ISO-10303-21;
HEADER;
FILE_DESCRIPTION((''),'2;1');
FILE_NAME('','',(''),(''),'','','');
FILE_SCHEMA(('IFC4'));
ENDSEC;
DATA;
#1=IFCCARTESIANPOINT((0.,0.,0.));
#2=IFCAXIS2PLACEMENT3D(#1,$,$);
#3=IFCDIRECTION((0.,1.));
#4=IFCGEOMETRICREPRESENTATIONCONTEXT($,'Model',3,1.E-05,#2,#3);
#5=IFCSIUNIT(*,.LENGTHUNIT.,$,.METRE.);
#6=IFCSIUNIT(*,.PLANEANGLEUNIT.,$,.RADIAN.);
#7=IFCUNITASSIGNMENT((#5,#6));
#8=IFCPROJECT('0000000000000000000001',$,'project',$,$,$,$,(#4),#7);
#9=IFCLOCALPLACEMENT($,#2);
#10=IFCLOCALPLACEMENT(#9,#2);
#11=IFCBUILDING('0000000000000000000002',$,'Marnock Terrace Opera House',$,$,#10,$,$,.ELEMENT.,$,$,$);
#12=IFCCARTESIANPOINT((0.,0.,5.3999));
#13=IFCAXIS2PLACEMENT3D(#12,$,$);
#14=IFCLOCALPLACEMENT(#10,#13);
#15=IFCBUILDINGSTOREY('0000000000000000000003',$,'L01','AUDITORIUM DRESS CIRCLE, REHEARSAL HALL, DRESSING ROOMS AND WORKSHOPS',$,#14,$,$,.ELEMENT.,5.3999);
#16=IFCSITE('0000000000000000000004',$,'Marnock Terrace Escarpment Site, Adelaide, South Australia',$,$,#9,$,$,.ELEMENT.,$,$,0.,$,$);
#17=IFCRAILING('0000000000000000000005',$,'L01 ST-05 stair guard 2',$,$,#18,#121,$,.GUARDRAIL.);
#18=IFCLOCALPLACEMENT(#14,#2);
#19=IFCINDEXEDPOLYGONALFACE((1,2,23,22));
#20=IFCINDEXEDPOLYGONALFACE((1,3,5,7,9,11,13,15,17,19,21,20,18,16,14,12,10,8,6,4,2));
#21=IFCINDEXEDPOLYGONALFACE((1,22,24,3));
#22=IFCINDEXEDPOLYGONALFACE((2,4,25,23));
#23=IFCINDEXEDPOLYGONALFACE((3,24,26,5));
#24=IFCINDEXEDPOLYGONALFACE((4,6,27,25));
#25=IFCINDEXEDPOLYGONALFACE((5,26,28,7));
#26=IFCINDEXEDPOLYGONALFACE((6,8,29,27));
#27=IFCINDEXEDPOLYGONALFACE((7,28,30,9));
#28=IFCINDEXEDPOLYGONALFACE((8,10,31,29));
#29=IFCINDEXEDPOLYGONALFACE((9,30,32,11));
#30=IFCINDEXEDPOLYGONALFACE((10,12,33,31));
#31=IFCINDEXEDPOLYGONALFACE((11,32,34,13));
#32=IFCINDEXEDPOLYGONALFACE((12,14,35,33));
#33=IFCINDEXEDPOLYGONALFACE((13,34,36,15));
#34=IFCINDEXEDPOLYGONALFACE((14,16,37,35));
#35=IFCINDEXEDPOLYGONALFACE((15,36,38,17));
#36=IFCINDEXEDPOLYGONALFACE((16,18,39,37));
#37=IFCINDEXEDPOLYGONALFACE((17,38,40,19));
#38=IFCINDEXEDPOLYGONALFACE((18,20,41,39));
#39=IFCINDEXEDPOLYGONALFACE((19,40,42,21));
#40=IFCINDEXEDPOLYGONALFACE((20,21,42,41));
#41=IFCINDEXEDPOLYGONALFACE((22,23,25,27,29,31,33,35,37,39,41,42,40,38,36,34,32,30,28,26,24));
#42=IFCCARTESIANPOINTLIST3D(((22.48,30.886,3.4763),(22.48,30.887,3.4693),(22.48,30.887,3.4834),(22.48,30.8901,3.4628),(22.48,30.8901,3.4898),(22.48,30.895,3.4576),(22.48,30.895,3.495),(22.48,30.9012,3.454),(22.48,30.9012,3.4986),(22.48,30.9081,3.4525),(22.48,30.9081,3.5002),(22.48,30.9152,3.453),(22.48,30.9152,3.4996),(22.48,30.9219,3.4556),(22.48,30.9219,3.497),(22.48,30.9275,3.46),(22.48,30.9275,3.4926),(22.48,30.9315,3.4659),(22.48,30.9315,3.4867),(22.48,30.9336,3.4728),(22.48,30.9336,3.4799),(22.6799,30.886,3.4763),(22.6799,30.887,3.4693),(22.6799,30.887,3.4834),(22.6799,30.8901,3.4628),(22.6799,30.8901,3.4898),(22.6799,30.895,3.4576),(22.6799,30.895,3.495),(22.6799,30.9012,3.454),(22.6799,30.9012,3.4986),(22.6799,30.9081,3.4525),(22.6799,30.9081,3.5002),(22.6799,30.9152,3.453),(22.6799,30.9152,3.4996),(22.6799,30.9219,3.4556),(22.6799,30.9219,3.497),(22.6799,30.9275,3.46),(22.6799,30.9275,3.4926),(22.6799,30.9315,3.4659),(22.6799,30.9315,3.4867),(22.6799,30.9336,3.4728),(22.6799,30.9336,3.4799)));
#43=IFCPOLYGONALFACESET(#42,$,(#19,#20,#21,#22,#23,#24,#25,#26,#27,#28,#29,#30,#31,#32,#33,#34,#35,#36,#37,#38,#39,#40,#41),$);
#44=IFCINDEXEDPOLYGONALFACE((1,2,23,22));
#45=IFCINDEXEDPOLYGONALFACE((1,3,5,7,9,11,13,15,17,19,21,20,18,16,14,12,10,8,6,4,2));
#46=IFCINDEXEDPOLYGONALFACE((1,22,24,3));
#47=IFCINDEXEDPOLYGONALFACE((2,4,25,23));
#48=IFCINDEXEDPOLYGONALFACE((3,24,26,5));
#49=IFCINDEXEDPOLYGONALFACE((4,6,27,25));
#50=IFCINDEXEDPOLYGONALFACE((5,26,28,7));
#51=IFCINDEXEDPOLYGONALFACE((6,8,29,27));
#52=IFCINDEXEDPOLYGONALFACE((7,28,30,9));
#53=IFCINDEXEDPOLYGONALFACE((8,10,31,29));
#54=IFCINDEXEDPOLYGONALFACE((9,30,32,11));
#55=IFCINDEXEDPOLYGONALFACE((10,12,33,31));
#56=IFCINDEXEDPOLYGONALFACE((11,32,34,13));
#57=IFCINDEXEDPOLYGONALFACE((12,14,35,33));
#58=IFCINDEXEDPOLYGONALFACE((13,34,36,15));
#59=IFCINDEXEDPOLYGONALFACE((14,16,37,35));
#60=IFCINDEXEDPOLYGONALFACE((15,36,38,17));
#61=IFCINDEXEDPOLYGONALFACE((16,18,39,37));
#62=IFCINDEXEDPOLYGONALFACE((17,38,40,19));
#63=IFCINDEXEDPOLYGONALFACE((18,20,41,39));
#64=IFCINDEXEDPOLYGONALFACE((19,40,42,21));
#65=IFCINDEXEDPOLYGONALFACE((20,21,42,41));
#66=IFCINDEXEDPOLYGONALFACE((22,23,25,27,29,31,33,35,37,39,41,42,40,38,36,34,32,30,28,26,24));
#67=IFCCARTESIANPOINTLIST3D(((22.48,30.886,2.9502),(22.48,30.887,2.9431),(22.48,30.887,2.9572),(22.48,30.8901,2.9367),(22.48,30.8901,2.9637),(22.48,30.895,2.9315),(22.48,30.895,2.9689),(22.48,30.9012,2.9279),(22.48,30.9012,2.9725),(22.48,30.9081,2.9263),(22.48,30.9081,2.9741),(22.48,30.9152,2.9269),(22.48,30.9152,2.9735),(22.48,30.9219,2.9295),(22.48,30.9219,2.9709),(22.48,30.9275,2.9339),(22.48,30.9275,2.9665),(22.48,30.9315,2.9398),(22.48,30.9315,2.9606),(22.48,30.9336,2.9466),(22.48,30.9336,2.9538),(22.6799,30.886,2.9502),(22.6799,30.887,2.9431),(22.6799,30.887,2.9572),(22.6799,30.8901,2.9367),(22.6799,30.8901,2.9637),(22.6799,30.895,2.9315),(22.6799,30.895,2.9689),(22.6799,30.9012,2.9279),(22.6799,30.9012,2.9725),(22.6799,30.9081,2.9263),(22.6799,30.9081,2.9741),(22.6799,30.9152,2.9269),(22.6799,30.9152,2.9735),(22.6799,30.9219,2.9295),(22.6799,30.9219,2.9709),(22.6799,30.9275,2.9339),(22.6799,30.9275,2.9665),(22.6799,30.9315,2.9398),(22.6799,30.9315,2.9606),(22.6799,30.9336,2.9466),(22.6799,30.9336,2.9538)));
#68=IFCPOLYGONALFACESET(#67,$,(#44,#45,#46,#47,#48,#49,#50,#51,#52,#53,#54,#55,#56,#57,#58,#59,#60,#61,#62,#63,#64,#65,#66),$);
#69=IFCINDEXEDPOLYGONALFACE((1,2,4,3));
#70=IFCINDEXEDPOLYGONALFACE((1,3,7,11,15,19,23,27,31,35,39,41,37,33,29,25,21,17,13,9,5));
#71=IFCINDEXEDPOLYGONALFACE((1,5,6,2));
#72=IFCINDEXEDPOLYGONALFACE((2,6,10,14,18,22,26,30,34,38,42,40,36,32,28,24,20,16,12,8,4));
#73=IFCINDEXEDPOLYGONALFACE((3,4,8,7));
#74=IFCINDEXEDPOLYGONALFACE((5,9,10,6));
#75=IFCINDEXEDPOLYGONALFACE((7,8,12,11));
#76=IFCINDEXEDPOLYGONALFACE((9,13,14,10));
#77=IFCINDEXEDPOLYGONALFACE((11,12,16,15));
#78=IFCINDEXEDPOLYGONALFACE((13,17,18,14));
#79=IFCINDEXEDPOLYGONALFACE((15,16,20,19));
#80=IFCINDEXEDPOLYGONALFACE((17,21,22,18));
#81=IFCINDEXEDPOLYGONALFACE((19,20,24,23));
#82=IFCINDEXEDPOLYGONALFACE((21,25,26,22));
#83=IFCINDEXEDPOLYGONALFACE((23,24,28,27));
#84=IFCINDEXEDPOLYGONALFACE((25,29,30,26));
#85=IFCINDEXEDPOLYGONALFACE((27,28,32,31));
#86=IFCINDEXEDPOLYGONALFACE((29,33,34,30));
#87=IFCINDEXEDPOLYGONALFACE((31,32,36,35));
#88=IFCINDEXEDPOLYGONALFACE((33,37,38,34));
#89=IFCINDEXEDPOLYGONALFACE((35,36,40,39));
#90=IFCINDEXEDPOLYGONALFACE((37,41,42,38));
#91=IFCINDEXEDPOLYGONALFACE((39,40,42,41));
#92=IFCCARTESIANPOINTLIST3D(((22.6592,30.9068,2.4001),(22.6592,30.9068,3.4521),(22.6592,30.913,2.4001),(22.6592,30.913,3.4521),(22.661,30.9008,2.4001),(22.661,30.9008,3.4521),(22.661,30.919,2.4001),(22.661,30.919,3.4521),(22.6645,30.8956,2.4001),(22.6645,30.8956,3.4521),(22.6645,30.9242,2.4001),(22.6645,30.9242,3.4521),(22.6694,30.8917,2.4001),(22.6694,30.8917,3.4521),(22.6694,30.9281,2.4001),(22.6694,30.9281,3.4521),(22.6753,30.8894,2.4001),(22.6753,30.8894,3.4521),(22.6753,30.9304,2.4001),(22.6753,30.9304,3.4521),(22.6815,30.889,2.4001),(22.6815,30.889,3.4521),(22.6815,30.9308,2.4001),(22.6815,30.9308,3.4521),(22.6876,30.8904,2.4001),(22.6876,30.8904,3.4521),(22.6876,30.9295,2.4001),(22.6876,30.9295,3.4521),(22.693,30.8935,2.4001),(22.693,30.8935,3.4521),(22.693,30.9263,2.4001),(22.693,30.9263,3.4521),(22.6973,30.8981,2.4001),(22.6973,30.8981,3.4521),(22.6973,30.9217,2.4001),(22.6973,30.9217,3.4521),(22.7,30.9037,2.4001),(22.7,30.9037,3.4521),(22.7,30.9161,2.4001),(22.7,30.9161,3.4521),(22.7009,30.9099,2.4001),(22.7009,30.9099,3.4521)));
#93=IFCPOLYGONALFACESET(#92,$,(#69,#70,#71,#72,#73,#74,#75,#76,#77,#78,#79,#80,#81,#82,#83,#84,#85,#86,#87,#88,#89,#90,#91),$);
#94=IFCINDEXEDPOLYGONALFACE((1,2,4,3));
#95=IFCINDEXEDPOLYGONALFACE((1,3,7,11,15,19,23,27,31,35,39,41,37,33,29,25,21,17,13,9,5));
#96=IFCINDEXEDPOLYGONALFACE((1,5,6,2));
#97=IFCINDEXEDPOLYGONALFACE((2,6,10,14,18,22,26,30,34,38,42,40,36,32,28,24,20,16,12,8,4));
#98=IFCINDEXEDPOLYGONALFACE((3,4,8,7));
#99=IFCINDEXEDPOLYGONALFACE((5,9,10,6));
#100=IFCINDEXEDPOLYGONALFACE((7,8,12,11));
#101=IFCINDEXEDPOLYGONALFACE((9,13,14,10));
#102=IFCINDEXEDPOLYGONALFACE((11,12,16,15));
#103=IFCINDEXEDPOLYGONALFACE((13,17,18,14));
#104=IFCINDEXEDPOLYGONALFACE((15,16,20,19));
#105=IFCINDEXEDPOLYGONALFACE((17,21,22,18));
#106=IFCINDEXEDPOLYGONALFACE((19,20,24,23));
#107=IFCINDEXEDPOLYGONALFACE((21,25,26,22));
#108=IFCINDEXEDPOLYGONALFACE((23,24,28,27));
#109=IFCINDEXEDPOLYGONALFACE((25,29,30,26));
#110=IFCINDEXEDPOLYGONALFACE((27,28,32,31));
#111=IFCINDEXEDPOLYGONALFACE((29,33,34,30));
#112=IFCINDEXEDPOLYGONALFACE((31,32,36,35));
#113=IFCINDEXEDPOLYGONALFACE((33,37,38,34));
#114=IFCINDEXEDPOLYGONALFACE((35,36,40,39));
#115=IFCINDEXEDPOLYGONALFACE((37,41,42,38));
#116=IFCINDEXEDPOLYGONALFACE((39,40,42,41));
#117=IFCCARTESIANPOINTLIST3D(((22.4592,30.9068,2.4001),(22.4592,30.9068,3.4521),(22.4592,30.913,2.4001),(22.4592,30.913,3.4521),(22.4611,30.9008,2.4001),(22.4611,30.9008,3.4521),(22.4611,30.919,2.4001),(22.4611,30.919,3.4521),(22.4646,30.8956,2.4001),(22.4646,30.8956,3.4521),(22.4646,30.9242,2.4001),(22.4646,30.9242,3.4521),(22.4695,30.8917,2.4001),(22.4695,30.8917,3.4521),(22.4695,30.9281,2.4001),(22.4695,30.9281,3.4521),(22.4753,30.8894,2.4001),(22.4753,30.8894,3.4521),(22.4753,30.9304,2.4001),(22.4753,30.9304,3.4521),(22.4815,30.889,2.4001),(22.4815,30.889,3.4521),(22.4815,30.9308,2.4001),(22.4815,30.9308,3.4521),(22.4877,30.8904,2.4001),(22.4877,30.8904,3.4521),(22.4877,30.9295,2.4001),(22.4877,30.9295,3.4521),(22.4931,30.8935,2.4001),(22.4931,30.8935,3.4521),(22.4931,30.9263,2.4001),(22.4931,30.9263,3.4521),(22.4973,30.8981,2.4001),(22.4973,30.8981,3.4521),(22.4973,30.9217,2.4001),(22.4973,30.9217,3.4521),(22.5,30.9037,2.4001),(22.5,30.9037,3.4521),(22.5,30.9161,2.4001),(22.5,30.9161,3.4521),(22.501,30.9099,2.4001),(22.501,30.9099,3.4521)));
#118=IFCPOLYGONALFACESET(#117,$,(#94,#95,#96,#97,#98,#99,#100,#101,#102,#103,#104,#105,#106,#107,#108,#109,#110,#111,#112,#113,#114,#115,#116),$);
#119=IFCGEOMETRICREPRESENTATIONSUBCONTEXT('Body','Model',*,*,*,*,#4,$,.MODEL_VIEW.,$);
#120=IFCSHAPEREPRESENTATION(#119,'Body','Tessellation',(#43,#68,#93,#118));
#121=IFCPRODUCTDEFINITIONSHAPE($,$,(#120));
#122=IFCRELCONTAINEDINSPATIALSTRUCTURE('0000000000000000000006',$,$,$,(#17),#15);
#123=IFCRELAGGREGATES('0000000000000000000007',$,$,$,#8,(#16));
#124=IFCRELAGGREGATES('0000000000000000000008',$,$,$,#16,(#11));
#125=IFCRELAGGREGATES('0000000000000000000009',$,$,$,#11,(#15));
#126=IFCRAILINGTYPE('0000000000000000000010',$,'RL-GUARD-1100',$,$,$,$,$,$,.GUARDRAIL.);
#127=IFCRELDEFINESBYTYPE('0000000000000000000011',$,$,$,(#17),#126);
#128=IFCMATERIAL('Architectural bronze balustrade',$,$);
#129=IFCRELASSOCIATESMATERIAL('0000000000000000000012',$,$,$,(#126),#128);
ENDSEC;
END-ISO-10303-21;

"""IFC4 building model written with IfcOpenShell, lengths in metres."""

from ifc_helpers import new_model, si_unit, direction, frame, origin, origin_2d, place, context, subcontext, project, spatial, circle, extrude, material, type_object, element, save


model = new_model("IFC4")

# Units and contexts
model_context = context("Model", 3, precision=1e-05, world=origin(), true_north=direction((0.0, 1.0)))
body_context = subcontext(model_context, "Body", "Model", "MODEL_VIEW")
ifc_project = project(units=[si_unit("LENGTHUNIT", "METRE"), si_unit("PLANEANGLEUNIT", "RADIAN")], contexts=[model_context])

# Site, building, storey
site_placement = place(None, origin())
site = spatial("IfcSite", under=ifc_project, at=site_placement, Name="Marnock Terrace Escarpment Site, Adelaide, South Australia", CompositionType="ELEMENT", RefElevation=0.0)
building_placement = place(site_placement, origin())
building = spatial("IfcBuilding", under=site, at=building_placement, Name="Marnock Terrace Opera House", CompositionType="ELEMENT")
storey_placement = place(building_placement, frame((0.0, 0.0, 5.3999)))
storey = spatial("IfcBuildingStorey", under=building, at=storey_placement, Name="L01", Description="AUDITORIUM DRESS CIRCLE, REHEARSAL HALL, DRESSING ROOMS AND WORKSHOPS", CompositionType="ELEMENT", Elevation=5.3999)

# Railing
ifc_material_1 = material(Name="Architectural bronze balustrade")
railing_type_1 = type_object("IfcRailingType", Name="RL-GUARD-1100", PredefinedType="GUARDRAIL", material=ifc_material_1)
railing_1_placement = place(storey_placement, frame((22.6799, 30.9099, 2.4001)))
element("IfcRailing", 1, at=railing_1_placement, inside=storey, type_object=railing_type_1, Name="L01 ST-05 stair guard 2", PredefinedType="GUARDRAIL", context=body_context, shape_type="SweptSolid", body=[
    extrude(circle(Radius=0.0239, at=origin_2d()), frame((0.0, 0.0, 1.0762), z_axis=(-1.0, 0.0, 0.0), x_axis=(0.0, -1.0, 0.0)), (0.0, 0.0, 1.0), 0.2),
    extrude(circle(Radius=0.0239, at=origin_2d()), frame((0.0, 0.0, 0.55), z_axis=(-1.0, 0.0, 0.0), x_axis=(0.0, -1.0, 0.0)), (0.0, 0.0, 1.0), 0.2),
    extrude(circle(Radius=0.021, at=origin_2d()), origin(), (0.0, 0.0, 1.0), 1.052),
    extrude(circle(Radius=0.021, at=origin_2d()), frame((-0.2, 0.0, 0.0)), (0.0, 0.0, 1.0), 1.052),
])

save(model, "model.ifc")
